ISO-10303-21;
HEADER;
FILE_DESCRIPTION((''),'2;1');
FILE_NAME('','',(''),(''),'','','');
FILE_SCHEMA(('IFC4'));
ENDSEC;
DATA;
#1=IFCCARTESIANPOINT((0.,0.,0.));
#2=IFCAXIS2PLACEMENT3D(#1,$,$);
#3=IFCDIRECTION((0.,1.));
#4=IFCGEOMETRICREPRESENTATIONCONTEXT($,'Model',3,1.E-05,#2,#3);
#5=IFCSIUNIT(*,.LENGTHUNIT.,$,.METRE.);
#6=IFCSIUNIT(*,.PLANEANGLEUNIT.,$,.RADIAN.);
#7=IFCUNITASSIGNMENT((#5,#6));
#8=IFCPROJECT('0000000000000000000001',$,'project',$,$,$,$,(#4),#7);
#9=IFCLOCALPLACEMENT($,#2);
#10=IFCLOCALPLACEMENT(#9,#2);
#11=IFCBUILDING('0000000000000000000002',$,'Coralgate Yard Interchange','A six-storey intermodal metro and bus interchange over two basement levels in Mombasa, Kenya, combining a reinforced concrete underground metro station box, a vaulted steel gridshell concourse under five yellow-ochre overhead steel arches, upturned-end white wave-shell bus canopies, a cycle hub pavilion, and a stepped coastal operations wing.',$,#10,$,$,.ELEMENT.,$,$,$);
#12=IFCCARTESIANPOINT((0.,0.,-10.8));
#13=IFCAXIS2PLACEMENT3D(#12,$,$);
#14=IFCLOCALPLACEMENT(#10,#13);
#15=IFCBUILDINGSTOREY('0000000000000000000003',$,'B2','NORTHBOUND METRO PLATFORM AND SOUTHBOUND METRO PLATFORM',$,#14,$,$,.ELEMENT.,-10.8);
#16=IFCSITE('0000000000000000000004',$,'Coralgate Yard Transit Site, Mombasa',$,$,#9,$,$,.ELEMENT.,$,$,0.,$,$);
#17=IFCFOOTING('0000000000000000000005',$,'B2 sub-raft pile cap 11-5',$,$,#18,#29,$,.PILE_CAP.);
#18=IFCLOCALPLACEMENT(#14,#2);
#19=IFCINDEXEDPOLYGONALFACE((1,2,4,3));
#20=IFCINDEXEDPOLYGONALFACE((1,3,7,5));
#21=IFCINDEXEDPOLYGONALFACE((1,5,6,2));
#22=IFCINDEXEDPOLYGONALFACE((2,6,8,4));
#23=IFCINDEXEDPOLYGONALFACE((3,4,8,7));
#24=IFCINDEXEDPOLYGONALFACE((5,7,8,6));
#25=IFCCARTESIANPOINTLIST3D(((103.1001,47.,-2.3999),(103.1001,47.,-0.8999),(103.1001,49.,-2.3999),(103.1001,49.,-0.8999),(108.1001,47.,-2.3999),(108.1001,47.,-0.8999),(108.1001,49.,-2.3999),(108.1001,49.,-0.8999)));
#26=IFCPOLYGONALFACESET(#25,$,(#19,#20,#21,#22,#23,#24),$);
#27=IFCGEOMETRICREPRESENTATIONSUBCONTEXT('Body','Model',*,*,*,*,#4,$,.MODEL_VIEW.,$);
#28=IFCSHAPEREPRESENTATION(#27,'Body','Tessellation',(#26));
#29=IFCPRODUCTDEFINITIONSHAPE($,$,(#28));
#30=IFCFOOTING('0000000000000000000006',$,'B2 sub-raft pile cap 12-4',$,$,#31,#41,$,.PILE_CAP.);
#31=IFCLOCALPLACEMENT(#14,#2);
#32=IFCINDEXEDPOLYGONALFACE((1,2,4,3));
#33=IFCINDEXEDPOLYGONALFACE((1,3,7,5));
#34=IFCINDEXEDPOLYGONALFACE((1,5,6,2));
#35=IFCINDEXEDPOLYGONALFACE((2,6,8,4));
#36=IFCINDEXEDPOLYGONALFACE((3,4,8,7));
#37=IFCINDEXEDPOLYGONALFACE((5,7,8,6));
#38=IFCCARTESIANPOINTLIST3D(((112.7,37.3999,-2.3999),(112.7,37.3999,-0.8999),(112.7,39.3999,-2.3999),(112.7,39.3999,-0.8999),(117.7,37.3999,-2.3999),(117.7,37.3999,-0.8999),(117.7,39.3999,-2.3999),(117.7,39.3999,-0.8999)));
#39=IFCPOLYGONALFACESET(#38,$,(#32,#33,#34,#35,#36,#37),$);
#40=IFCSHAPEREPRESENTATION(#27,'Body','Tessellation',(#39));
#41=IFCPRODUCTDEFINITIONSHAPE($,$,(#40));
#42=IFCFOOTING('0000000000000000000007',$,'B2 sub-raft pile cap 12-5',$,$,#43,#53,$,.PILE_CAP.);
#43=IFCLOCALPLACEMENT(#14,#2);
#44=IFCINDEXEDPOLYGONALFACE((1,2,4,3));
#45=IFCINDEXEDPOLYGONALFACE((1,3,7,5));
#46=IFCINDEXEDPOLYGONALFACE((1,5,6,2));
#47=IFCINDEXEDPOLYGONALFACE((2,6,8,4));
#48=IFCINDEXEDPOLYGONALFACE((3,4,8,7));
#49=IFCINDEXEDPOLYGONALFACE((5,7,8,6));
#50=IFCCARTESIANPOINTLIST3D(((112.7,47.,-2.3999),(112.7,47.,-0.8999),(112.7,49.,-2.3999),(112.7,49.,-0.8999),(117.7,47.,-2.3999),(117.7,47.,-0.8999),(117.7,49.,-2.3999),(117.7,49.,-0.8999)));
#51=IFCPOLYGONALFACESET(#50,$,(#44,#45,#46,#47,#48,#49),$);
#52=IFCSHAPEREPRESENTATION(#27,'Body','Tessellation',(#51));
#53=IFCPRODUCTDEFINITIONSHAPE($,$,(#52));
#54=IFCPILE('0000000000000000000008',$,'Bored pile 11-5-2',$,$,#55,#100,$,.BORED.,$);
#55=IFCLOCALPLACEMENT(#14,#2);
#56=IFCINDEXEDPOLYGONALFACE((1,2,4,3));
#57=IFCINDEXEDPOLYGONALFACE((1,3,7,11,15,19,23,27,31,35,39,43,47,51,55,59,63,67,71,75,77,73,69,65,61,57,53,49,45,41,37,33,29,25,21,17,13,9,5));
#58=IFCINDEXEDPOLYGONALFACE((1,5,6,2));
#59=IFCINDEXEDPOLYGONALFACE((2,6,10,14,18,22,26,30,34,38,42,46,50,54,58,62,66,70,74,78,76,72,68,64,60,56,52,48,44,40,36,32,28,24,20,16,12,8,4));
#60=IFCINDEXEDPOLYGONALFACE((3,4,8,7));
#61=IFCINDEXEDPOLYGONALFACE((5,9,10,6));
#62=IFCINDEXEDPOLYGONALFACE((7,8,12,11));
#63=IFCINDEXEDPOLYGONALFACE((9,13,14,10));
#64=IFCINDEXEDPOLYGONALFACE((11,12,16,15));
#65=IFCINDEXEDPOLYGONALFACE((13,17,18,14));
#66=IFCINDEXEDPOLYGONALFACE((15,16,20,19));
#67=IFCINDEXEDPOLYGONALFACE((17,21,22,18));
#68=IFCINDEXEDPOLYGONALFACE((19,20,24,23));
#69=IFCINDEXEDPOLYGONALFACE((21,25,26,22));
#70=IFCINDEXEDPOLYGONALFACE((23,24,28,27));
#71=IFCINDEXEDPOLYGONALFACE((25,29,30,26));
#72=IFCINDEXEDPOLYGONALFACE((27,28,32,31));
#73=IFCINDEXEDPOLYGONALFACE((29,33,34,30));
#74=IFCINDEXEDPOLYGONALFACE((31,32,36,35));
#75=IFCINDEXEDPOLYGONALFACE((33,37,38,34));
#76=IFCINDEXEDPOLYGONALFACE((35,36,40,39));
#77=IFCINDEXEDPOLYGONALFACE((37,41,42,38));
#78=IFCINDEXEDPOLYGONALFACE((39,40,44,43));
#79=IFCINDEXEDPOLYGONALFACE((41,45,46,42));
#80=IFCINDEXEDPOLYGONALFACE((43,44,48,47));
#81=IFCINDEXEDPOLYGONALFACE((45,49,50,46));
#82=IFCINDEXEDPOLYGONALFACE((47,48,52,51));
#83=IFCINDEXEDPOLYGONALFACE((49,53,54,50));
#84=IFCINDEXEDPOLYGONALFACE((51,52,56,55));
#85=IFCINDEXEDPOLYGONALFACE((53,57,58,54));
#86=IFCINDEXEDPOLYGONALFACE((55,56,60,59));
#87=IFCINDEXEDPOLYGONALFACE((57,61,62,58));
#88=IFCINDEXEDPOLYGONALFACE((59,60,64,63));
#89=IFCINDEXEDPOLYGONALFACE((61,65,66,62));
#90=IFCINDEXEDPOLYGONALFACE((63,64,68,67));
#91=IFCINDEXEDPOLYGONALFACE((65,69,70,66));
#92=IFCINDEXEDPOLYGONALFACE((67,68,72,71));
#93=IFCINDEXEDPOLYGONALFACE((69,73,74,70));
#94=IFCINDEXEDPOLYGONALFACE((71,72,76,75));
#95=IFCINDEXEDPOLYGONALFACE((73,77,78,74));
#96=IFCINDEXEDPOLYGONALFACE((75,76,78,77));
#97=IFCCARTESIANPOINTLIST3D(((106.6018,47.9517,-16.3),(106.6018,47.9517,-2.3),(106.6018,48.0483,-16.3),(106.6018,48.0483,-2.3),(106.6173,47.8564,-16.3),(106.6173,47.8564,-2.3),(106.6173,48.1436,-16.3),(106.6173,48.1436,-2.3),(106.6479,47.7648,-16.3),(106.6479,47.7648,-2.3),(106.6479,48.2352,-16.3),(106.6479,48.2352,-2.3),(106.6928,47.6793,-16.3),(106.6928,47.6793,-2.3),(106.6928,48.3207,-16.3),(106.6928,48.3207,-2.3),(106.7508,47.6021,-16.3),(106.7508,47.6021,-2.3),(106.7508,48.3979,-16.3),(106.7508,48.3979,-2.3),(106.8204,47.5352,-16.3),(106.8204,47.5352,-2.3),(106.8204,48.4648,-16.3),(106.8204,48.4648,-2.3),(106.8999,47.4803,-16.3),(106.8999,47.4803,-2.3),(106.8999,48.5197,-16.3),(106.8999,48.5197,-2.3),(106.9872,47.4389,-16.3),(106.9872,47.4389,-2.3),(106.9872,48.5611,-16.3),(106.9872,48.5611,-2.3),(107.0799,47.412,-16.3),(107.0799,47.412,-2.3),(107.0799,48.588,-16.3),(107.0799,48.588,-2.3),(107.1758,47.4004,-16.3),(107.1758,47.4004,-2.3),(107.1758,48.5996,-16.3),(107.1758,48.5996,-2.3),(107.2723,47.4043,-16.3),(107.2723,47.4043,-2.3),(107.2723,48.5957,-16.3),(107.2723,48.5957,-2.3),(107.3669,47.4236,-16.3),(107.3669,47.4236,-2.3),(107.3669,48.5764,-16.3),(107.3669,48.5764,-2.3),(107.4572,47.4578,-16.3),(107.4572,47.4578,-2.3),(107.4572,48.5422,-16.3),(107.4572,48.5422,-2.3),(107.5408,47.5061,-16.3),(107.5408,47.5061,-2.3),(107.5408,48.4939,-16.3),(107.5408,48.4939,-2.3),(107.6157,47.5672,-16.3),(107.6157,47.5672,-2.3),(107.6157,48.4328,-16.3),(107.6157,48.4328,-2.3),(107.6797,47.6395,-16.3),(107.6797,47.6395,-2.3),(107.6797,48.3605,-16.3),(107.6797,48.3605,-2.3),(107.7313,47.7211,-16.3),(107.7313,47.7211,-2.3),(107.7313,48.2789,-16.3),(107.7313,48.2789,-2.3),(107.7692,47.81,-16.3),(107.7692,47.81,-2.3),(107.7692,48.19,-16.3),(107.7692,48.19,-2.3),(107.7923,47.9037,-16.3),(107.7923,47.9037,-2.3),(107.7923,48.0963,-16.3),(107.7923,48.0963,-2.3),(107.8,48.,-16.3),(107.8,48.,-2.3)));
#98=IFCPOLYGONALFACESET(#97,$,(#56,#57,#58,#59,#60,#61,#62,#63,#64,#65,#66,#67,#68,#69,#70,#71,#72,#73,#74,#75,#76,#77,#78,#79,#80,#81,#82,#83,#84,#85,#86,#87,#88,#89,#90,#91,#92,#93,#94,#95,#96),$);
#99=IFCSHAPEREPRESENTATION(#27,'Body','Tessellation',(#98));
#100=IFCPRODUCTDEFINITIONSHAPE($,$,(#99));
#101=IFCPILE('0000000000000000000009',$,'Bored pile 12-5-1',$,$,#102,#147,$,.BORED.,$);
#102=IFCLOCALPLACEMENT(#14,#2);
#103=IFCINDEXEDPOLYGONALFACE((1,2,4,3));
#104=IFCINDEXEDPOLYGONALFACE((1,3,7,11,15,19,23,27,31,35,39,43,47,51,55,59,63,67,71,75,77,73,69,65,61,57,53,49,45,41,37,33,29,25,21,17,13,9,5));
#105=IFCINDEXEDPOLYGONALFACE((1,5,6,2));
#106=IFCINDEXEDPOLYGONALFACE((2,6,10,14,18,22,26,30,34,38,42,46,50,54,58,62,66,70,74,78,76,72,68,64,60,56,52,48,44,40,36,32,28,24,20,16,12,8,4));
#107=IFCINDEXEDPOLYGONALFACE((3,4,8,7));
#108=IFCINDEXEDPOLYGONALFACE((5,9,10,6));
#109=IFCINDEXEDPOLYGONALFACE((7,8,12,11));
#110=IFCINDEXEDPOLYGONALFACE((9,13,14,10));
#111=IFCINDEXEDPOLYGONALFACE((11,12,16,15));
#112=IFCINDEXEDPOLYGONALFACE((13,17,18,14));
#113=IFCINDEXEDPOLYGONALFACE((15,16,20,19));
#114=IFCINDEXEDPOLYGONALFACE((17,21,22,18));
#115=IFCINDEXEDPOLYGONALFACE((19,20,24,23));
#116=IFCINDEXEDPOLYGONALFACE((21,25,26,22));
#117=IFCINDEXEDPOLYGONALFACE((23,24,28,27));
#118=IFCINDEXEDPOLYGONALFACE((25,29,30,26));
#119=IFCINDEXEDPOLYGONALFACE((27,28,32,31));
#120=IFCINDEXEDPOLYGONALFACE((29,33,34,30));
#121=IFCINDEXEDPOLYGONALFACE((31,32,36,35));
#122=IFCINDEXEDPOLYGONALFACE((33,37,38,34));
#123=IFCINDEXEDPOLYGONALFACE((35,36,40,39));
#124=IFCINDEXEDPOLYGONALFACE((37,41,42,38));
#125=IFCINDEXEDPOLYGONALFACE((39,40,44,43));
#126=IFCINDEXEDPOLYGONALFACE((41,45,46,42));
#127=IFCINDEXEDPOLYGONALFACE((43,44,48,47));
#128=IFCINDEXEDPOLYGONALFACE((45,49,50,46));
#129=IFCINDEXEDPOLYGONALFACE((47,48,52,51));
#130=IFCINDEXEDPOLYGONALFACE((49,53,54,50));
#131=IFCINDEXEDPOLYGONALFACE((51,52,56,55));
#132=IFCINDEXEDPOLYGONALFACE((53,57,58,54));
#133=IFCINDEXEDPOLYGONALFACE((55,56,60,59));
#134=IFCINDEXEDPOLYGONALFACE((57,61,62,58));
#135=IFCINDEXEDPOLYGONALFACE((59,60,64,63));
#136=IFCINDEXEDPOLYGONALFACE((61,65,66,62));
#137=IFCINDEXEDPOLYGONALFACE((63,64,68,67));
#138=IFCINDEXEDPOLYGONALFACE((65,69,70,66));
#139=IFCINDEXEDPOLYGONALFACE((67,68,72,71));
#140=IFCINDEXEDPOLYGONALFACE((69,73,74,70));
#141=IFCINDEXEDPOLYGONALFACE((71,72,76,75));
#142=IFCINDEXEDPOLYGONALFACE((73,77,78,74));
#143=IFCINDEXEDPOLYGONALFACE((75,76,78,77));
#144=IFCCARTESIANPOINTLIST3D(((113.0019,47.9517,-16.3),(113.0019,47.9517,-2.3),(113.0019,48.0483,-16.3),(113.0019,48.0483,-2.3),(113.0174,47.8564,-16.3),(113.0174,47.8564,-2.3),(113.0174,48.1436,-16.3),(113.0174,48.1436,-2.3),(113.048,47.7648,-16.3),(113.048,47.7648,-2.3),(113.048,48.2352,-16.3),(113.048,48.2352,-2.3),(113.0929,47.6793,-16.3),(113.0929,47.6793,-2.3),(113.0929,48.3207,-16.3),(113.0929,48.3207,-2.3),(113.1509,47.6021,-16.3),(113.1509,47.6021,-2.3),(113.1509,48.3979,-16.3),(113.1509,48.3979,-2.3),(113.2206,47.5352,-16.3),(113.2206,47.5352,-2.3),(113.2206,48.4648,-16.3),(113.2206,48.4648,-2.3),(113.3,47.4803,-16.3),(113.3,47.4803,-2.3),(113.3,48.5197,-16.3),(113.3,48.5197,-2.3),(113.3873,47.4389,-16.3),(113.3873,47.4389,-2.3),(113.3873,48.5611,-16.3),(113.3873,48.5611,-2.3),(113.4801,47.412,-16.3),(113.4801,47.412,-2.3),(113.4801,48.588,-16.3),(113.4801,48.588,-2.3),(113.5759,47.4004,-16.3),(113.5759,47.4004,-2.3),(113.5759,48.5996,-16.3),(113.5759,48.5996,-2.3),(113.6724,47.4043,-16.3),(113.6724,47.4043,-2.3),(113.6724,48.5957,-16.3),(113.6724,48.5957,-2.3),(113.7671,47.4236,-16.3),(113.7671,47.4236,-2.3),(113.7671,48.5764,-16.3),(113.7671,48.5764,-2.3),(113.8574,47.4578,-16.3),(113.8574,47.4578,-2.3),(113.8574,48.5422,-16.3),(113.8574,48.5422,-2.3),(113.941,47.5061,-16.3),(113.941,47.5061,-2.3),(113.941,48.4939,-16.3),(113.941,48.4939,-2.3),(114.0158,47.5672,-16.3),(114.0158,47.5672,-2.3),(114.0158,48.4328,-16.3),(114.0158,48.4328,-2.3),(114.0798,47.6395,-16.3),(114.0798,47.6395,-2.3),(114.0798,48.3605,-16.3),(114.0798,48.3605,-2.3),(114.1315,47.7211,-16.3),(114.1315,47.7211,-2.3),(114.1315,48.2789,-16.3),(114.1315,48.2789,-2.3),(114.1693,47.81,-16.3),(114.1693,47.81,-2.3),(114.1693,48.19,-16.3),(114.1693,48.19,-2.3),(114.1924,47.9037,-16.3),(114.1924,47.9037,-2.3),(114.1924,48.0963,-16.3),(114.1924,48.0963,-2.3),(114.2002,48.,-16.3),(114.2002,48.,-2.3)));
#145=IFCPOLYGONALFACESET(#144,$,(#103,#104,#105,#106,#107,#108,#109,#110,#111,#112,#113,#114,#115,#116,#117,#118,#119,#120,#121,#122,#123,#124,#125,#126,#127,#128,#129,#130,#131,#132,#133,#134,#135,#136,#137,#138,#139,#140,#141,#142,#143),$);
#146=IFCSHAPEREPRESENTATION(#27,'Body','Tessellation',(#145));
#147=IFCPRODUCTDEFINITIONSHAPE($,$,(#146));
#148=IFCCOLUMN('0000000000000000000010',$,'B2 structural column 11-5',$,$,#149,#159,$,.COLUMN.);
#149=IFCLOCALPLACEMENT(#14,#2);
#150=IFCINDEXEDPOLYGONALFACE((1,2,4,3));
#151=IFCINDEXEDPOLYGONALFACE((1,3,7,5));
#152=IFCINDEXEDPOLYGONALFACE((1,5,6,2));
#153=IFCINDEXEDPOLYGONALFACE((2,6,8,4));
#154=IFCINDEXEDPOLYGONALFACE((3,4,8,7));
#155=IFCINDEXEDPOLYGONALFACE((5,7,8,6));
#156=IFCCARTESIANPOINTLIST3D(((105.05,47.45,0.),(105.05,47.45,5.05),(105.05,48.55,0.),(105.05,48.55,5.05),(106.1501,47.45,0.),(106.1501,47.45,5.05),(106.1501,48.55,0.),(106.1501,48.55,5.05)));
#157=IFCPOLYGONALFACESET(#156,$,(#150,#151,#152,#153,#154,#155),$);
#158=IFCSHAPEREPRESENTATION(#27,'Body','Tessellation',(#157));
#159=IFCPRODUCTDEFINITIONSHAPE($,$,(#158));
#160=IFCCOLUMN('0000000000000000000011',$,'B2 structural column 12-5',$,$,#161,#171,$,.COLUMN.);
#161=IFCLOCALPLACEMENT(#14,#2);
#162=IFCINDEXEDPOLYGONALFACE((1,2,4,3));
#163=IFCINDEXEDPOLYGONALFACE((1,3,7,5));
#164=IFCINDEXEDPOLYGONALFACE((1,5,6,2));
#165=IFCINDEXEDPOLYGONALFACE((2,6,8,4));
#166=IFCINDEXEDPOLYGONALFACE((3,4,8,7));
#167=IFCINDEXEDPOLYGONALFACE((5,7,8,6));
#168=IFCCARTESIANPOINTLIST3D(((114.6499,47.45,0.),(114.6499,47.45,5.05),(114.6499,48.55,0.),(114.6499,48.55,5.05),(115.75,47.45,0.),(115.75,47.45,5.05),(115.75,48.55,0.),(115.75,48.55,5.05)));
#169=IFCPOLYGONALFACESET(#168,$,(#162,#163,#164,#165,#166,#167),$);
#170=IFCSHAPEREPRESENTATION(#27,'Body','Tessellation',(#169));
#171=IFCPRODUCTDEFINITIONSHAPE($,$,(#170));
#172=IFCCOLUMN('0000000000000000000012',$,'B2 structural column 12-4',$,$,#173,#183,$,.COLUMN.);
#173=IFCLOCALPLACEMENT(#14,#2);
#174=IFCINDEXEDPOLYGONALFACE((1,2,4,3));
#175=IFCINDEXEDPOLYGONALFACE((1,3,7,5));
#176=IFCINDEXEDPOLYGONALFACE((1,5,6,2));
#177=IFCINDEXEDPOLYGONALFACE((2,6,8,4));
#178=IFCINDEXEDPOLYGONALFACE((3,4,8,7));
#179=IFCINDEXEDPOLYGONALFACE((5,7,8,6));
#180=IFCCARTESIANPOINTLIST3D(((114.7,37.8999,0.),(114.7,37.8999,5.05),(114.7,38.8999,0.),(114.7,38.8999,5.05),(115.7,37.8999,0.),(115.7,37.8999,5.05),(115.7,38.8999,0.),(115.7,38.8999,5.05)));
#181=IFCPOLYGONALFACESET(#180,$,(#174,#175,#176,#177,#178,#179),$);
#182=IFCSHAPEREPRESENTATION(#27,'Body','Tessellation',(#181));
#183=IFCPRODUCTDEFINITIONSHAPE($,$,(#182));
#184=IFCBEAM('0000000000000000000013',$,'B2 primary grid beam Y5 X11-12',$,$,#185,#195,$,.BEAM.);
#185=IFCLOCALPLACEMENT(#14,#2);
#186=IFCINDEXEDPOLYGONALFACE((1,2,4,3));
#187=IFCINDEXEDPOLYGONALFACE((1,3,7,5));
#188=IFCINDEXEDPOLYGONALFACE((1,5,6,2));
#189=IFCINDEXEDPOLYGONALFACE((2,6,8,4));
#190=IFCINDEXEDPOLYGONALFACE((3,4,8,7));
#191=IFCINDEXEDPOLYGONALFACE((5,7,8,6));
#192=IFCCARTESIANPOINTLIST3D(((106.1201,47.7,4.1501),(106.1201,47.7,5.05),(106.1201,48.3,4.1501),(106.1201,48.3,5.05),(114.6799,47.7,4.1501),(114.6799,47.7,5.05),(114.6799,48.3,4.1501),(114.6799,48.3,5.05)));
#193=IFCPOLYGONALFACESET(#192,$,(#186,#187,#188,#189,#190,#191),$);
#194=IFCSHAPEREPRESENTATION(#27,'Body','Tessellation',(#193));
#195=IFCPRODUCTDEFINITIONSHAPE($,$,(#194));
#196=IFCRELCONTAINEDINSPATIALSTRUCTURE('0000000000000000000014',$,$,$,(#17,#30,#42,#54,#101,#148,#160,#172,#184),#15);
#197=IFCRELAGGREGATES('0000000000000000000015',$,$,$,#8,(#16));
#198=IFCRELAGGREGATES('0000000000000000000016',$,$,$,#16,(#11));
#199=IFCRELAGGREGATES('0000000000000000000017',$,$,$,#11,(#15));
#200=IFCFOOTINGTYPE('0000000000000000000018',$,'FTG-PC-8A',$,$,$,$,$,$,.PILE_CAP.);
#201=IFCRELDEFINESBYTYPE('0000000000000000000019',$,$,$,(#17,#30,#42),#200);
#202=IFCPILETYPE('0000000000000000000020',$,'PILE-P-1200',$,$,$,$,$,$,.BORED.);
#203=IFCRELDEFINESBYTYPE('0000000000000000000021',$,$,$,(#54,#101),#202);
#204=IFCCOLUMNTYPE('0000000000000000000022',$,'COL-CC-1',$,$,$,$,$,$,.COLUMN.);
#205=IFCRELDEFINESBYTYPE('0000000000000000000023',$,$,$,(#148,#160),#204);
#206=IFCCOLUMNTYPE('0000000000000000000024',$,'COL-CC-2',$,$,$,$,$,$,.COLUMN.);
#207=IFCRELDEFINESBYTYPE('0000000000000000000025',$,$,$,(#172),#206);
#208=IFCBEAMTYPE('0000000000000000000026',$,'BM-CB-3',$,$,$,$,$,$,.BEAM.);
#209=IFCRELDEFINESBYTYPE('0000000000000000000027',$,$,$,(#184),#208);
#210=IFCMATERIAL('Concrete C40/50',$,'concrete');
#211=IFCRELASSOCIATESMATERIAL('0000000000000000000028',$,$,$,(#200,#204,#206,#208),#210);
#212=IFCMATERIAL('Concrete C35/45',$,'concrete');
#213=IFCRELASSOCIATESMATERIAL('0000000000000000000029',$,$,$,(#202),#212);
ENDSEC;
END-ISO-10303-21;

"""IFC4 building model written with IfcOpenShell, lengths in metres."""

from ifc_helpers import new_model, si_unit, direction, frame, origin, origin_2d, place, context, subcontext, project, spatial, rectangle, circle, extrude, material, material_profile, profile_set, type_object, element, save


model = new_model("IFC4")

# Units and contexts
model_context = context("Model", 3, precision=1e-05, world=origin(), true_north=direction((0.0, 1.0)))
body_context = subcontext(model_context, "Body", "Model", "MODEL_VIEW")
ifc_project = project(units=[si_unit("LENGTHUNIT", "METRE"), si_unit("PLANEANGLEUNIT", "RADIAN")], contexts=[model_context])

# Site, building, storey
site_placement = place(None, origin())
site = spatial("IfcSite", under=ifc_project, at=site_placement, Name="Coralgate Yard Transit Site, Mombasa", CompositionType="ELEMENT", RefElevation=0.0)
building_placement = place(site_placement, origin())
building = spatial("IfcBuilding", under=site, at=building_placement, Name="Coralgate Yard Interchange", Description="A six-storey intermodal metro and bus interchange over two basement levels in Mombasa, Kenya, combining a reinforced concrete underground metro station box, a vaulted steel gridshell concourse under five yellow-ochre overhead steel arches, upturned-end white wave-shell bus canopies, a cycle hub pavilion, and a stepped coastal operations wing.", CompositionType="ELEMENT")
storey_placement = place(building_placement, frame((0.0, 0.0, -10.8)))
storey = spatial("IfcBuildingStorey", under=building, at=storey_placement, Name="B2", Description="NORTHBOUND METRO PLATFORM AND SOUTHBOUND METRO PLATFORM", CompositionType="ELEMENT", Elevation=-10.8)

# Footings
ifc_material_1 = material(Name="Concrete C40/50", Category="concrete")
footing_type = type_object("IfcFootingType", Name="FTG-PC-8A", PredefinedType="PILE_CAP", material=ifc_material_1)
for number, where, z_axis, x_axis, name in (
    (1, (105.6001, 48.0, -2.3999), (0.0, 0.0, 1.0), (1.0, 0.0, 0.0), "B2 sub-raft pile cap 11-5"),
    (2, (115.2, 38.3999, -2.3999), (0.0, 0.0, 1.0), (1.0, 0.0, 0.0), "B2 sub-raft pile cap 12-4"),
    (3, (115.2, 48.0, -2.3999), (0.0, 0.0, 1.0), (1.0, 0.0, 0.0), "B2 sub-raft pile cap 12-5"),
):
    element("IfcFooting", number, at=place(storey_placement, frame(where, z_axis=z_axis, x_axis=x_axis)), inside=storey, type_object=footing_type, Name=name, PredefinedType="PILE_CAP", context=body_context, shape_type="SweptSolid", body=[
        extrude(rectangle(XDim=5.0, YDim=2.0, at=origin_2d()), origin(), (0.0, 0.0, 1.0), 1.5),
    ])

# Piles
ifc_material_2 = material(Name="Concrete C35/45", Category="concrete")
ifc_material_profile_1 = material_profile(ifc_material_2, circle(Radius=0.6001, at=origin_2d()), Name="BORED PILE D1200")
ifc_profile_set_1 = profile_set([ifc_material_profile_1], Name="Concrete C35/45")
pile_type = type_object("IfcPileType", Name="PILE-P-1200", PredefinedType="BORED", material=ifc_profile_set_1)
for number, where, z_axis, x_axis, name in (
    (4, (107.2, 48.0, -2.3), (0.0, 0.0, -1.0), (1.0, 0.0, 0.0), "Bored pile 11-5-2"),
    (5, (113.6001, 48.0, -2.3), (0.0, 0.0, -1.0), (1.0, 0.0, 0.0), "Bored pile 12-5-1"),
):
    element("IfcPile", number, at=place(storey_placement, frame(where, z_axis=z_axis, x_axis=x_axis)), inside=storey, type_object=pile_type, Name=name, PredefinedType="BORED", context=body_context, shape_type="SweptSolid", body=[
        extrude(circle(Radius=0.6001, at=origin_2d()), origin(), (0.0, 0.0, 1.0), 14.0),
    ])

# Columns
ifc_material_profile_2 = material_profile(ifc_material_1, rectangle(XDim=1.1001, YDim=1.1001, at=origin_2d()), Name="RC 1100x1100")
ifc_profile_set_2 = profile_set([ifc_material_profile_2], Name="Concrete C40/50")
column_type_1 = type_object("IfcColumnType", Name="COL-CC-1", PredefinedType="COLUMN", material=ifc_profile_set_2)
for number, where, z_axis, x_axis, name in (
    (6, (105.6001, 48.0, 0.0), (0.0, 0.0, 1.0), (1.0, 0.0, 0.0), "B2 structural column 11-5"),
    (7, (115.2, 48.0, 0.0), (0.0, 0.0, 1.0), (1.0, 0.0, 0.0), "B2 structural column 12-5"),
):
    element("IfcColumn", number, at=place(storey_placement, frame(where, z_axis=z_axis, x_axis=x_axis)), inside=storey, type_object=column_type_1, Name=name, PredefinedType="COLUMN", context=body_context, shape_type="SweptSolid", body=[
        extrude(rectangle(XDim=1.1001, YDim=1.1001, at=origin_2d()), origin(), (0.0, 0.0, 1.0), 5.05),
    ])
ifc_material_profile_3 = material_profile(ifc_material_1, rectangle(XDim=1.0, YDim=1.0, at=origin_2d()), Name="RC 1000x1000")
ifc_profile_set_3 = profile_set([ifc_material_profile_3], Name="Concrete C40/50")
column_type_2 = type_object("IfcColumnType", Name="COL-CC-2", PredefinedType="COLUMN", material=ifc_profile_set_3)
column_placement = place(storey_placement, frame((115.2, 38.3999, 0.0), z_axis=(0.0, 0.0, 1.0), x_axis=(1.0, 0.0, 0.0)))
element("IfcColumn", 8, at=column_placement, inside=storey, type_object=column_type_2, Name="B2 structural column 12-4", PredefinedType="COLUMN", context=body_context, shape_type="SweptSolid", body=[
    extrude(rectangle(XDim=1.0, YDim=1.0, at=origin_2d()), origin(), (0.0, 0.0, 1.0), 5.05),
])

# Beam
ifc_material_profile_4 = material_profile(ifc_material_1, rectangle(XDim=0.6001, YDim=0.8999, at=origin_2d()), Name="RC 600x900")
ifc_profile_set_4 = profile_set([ifc_material_profile_4], Name="Concrete C40/50")
beam_type_1 = type_object("IfcBeamType", Name="BM-CB-3", PredefinedType="BEAM", material=ifc_profile_set_4)
beam_1_placement = place(storey_placement, frame((106.1201, 48.0, 4.6001), z_axis=(1.0, 0.0, 0.0), x_axis=(0.0, 1.0, 0.0)))
element("IfcBeam", 9, at=beam_1_placement, inside=storey, type_object=beam_type_1, Name="B2 primary grid beam Y5 X11-12", PredefinedType="BEAM", context=body_context, shape_type="SweptSolid", body=[
    extrude(rectangle(XDim=0.6001, YDim=0.8999, at=origin_2d()), origin(), (0.0, 0.0, 1.0), 8.5598),
])

save(model, "model.ifc")
